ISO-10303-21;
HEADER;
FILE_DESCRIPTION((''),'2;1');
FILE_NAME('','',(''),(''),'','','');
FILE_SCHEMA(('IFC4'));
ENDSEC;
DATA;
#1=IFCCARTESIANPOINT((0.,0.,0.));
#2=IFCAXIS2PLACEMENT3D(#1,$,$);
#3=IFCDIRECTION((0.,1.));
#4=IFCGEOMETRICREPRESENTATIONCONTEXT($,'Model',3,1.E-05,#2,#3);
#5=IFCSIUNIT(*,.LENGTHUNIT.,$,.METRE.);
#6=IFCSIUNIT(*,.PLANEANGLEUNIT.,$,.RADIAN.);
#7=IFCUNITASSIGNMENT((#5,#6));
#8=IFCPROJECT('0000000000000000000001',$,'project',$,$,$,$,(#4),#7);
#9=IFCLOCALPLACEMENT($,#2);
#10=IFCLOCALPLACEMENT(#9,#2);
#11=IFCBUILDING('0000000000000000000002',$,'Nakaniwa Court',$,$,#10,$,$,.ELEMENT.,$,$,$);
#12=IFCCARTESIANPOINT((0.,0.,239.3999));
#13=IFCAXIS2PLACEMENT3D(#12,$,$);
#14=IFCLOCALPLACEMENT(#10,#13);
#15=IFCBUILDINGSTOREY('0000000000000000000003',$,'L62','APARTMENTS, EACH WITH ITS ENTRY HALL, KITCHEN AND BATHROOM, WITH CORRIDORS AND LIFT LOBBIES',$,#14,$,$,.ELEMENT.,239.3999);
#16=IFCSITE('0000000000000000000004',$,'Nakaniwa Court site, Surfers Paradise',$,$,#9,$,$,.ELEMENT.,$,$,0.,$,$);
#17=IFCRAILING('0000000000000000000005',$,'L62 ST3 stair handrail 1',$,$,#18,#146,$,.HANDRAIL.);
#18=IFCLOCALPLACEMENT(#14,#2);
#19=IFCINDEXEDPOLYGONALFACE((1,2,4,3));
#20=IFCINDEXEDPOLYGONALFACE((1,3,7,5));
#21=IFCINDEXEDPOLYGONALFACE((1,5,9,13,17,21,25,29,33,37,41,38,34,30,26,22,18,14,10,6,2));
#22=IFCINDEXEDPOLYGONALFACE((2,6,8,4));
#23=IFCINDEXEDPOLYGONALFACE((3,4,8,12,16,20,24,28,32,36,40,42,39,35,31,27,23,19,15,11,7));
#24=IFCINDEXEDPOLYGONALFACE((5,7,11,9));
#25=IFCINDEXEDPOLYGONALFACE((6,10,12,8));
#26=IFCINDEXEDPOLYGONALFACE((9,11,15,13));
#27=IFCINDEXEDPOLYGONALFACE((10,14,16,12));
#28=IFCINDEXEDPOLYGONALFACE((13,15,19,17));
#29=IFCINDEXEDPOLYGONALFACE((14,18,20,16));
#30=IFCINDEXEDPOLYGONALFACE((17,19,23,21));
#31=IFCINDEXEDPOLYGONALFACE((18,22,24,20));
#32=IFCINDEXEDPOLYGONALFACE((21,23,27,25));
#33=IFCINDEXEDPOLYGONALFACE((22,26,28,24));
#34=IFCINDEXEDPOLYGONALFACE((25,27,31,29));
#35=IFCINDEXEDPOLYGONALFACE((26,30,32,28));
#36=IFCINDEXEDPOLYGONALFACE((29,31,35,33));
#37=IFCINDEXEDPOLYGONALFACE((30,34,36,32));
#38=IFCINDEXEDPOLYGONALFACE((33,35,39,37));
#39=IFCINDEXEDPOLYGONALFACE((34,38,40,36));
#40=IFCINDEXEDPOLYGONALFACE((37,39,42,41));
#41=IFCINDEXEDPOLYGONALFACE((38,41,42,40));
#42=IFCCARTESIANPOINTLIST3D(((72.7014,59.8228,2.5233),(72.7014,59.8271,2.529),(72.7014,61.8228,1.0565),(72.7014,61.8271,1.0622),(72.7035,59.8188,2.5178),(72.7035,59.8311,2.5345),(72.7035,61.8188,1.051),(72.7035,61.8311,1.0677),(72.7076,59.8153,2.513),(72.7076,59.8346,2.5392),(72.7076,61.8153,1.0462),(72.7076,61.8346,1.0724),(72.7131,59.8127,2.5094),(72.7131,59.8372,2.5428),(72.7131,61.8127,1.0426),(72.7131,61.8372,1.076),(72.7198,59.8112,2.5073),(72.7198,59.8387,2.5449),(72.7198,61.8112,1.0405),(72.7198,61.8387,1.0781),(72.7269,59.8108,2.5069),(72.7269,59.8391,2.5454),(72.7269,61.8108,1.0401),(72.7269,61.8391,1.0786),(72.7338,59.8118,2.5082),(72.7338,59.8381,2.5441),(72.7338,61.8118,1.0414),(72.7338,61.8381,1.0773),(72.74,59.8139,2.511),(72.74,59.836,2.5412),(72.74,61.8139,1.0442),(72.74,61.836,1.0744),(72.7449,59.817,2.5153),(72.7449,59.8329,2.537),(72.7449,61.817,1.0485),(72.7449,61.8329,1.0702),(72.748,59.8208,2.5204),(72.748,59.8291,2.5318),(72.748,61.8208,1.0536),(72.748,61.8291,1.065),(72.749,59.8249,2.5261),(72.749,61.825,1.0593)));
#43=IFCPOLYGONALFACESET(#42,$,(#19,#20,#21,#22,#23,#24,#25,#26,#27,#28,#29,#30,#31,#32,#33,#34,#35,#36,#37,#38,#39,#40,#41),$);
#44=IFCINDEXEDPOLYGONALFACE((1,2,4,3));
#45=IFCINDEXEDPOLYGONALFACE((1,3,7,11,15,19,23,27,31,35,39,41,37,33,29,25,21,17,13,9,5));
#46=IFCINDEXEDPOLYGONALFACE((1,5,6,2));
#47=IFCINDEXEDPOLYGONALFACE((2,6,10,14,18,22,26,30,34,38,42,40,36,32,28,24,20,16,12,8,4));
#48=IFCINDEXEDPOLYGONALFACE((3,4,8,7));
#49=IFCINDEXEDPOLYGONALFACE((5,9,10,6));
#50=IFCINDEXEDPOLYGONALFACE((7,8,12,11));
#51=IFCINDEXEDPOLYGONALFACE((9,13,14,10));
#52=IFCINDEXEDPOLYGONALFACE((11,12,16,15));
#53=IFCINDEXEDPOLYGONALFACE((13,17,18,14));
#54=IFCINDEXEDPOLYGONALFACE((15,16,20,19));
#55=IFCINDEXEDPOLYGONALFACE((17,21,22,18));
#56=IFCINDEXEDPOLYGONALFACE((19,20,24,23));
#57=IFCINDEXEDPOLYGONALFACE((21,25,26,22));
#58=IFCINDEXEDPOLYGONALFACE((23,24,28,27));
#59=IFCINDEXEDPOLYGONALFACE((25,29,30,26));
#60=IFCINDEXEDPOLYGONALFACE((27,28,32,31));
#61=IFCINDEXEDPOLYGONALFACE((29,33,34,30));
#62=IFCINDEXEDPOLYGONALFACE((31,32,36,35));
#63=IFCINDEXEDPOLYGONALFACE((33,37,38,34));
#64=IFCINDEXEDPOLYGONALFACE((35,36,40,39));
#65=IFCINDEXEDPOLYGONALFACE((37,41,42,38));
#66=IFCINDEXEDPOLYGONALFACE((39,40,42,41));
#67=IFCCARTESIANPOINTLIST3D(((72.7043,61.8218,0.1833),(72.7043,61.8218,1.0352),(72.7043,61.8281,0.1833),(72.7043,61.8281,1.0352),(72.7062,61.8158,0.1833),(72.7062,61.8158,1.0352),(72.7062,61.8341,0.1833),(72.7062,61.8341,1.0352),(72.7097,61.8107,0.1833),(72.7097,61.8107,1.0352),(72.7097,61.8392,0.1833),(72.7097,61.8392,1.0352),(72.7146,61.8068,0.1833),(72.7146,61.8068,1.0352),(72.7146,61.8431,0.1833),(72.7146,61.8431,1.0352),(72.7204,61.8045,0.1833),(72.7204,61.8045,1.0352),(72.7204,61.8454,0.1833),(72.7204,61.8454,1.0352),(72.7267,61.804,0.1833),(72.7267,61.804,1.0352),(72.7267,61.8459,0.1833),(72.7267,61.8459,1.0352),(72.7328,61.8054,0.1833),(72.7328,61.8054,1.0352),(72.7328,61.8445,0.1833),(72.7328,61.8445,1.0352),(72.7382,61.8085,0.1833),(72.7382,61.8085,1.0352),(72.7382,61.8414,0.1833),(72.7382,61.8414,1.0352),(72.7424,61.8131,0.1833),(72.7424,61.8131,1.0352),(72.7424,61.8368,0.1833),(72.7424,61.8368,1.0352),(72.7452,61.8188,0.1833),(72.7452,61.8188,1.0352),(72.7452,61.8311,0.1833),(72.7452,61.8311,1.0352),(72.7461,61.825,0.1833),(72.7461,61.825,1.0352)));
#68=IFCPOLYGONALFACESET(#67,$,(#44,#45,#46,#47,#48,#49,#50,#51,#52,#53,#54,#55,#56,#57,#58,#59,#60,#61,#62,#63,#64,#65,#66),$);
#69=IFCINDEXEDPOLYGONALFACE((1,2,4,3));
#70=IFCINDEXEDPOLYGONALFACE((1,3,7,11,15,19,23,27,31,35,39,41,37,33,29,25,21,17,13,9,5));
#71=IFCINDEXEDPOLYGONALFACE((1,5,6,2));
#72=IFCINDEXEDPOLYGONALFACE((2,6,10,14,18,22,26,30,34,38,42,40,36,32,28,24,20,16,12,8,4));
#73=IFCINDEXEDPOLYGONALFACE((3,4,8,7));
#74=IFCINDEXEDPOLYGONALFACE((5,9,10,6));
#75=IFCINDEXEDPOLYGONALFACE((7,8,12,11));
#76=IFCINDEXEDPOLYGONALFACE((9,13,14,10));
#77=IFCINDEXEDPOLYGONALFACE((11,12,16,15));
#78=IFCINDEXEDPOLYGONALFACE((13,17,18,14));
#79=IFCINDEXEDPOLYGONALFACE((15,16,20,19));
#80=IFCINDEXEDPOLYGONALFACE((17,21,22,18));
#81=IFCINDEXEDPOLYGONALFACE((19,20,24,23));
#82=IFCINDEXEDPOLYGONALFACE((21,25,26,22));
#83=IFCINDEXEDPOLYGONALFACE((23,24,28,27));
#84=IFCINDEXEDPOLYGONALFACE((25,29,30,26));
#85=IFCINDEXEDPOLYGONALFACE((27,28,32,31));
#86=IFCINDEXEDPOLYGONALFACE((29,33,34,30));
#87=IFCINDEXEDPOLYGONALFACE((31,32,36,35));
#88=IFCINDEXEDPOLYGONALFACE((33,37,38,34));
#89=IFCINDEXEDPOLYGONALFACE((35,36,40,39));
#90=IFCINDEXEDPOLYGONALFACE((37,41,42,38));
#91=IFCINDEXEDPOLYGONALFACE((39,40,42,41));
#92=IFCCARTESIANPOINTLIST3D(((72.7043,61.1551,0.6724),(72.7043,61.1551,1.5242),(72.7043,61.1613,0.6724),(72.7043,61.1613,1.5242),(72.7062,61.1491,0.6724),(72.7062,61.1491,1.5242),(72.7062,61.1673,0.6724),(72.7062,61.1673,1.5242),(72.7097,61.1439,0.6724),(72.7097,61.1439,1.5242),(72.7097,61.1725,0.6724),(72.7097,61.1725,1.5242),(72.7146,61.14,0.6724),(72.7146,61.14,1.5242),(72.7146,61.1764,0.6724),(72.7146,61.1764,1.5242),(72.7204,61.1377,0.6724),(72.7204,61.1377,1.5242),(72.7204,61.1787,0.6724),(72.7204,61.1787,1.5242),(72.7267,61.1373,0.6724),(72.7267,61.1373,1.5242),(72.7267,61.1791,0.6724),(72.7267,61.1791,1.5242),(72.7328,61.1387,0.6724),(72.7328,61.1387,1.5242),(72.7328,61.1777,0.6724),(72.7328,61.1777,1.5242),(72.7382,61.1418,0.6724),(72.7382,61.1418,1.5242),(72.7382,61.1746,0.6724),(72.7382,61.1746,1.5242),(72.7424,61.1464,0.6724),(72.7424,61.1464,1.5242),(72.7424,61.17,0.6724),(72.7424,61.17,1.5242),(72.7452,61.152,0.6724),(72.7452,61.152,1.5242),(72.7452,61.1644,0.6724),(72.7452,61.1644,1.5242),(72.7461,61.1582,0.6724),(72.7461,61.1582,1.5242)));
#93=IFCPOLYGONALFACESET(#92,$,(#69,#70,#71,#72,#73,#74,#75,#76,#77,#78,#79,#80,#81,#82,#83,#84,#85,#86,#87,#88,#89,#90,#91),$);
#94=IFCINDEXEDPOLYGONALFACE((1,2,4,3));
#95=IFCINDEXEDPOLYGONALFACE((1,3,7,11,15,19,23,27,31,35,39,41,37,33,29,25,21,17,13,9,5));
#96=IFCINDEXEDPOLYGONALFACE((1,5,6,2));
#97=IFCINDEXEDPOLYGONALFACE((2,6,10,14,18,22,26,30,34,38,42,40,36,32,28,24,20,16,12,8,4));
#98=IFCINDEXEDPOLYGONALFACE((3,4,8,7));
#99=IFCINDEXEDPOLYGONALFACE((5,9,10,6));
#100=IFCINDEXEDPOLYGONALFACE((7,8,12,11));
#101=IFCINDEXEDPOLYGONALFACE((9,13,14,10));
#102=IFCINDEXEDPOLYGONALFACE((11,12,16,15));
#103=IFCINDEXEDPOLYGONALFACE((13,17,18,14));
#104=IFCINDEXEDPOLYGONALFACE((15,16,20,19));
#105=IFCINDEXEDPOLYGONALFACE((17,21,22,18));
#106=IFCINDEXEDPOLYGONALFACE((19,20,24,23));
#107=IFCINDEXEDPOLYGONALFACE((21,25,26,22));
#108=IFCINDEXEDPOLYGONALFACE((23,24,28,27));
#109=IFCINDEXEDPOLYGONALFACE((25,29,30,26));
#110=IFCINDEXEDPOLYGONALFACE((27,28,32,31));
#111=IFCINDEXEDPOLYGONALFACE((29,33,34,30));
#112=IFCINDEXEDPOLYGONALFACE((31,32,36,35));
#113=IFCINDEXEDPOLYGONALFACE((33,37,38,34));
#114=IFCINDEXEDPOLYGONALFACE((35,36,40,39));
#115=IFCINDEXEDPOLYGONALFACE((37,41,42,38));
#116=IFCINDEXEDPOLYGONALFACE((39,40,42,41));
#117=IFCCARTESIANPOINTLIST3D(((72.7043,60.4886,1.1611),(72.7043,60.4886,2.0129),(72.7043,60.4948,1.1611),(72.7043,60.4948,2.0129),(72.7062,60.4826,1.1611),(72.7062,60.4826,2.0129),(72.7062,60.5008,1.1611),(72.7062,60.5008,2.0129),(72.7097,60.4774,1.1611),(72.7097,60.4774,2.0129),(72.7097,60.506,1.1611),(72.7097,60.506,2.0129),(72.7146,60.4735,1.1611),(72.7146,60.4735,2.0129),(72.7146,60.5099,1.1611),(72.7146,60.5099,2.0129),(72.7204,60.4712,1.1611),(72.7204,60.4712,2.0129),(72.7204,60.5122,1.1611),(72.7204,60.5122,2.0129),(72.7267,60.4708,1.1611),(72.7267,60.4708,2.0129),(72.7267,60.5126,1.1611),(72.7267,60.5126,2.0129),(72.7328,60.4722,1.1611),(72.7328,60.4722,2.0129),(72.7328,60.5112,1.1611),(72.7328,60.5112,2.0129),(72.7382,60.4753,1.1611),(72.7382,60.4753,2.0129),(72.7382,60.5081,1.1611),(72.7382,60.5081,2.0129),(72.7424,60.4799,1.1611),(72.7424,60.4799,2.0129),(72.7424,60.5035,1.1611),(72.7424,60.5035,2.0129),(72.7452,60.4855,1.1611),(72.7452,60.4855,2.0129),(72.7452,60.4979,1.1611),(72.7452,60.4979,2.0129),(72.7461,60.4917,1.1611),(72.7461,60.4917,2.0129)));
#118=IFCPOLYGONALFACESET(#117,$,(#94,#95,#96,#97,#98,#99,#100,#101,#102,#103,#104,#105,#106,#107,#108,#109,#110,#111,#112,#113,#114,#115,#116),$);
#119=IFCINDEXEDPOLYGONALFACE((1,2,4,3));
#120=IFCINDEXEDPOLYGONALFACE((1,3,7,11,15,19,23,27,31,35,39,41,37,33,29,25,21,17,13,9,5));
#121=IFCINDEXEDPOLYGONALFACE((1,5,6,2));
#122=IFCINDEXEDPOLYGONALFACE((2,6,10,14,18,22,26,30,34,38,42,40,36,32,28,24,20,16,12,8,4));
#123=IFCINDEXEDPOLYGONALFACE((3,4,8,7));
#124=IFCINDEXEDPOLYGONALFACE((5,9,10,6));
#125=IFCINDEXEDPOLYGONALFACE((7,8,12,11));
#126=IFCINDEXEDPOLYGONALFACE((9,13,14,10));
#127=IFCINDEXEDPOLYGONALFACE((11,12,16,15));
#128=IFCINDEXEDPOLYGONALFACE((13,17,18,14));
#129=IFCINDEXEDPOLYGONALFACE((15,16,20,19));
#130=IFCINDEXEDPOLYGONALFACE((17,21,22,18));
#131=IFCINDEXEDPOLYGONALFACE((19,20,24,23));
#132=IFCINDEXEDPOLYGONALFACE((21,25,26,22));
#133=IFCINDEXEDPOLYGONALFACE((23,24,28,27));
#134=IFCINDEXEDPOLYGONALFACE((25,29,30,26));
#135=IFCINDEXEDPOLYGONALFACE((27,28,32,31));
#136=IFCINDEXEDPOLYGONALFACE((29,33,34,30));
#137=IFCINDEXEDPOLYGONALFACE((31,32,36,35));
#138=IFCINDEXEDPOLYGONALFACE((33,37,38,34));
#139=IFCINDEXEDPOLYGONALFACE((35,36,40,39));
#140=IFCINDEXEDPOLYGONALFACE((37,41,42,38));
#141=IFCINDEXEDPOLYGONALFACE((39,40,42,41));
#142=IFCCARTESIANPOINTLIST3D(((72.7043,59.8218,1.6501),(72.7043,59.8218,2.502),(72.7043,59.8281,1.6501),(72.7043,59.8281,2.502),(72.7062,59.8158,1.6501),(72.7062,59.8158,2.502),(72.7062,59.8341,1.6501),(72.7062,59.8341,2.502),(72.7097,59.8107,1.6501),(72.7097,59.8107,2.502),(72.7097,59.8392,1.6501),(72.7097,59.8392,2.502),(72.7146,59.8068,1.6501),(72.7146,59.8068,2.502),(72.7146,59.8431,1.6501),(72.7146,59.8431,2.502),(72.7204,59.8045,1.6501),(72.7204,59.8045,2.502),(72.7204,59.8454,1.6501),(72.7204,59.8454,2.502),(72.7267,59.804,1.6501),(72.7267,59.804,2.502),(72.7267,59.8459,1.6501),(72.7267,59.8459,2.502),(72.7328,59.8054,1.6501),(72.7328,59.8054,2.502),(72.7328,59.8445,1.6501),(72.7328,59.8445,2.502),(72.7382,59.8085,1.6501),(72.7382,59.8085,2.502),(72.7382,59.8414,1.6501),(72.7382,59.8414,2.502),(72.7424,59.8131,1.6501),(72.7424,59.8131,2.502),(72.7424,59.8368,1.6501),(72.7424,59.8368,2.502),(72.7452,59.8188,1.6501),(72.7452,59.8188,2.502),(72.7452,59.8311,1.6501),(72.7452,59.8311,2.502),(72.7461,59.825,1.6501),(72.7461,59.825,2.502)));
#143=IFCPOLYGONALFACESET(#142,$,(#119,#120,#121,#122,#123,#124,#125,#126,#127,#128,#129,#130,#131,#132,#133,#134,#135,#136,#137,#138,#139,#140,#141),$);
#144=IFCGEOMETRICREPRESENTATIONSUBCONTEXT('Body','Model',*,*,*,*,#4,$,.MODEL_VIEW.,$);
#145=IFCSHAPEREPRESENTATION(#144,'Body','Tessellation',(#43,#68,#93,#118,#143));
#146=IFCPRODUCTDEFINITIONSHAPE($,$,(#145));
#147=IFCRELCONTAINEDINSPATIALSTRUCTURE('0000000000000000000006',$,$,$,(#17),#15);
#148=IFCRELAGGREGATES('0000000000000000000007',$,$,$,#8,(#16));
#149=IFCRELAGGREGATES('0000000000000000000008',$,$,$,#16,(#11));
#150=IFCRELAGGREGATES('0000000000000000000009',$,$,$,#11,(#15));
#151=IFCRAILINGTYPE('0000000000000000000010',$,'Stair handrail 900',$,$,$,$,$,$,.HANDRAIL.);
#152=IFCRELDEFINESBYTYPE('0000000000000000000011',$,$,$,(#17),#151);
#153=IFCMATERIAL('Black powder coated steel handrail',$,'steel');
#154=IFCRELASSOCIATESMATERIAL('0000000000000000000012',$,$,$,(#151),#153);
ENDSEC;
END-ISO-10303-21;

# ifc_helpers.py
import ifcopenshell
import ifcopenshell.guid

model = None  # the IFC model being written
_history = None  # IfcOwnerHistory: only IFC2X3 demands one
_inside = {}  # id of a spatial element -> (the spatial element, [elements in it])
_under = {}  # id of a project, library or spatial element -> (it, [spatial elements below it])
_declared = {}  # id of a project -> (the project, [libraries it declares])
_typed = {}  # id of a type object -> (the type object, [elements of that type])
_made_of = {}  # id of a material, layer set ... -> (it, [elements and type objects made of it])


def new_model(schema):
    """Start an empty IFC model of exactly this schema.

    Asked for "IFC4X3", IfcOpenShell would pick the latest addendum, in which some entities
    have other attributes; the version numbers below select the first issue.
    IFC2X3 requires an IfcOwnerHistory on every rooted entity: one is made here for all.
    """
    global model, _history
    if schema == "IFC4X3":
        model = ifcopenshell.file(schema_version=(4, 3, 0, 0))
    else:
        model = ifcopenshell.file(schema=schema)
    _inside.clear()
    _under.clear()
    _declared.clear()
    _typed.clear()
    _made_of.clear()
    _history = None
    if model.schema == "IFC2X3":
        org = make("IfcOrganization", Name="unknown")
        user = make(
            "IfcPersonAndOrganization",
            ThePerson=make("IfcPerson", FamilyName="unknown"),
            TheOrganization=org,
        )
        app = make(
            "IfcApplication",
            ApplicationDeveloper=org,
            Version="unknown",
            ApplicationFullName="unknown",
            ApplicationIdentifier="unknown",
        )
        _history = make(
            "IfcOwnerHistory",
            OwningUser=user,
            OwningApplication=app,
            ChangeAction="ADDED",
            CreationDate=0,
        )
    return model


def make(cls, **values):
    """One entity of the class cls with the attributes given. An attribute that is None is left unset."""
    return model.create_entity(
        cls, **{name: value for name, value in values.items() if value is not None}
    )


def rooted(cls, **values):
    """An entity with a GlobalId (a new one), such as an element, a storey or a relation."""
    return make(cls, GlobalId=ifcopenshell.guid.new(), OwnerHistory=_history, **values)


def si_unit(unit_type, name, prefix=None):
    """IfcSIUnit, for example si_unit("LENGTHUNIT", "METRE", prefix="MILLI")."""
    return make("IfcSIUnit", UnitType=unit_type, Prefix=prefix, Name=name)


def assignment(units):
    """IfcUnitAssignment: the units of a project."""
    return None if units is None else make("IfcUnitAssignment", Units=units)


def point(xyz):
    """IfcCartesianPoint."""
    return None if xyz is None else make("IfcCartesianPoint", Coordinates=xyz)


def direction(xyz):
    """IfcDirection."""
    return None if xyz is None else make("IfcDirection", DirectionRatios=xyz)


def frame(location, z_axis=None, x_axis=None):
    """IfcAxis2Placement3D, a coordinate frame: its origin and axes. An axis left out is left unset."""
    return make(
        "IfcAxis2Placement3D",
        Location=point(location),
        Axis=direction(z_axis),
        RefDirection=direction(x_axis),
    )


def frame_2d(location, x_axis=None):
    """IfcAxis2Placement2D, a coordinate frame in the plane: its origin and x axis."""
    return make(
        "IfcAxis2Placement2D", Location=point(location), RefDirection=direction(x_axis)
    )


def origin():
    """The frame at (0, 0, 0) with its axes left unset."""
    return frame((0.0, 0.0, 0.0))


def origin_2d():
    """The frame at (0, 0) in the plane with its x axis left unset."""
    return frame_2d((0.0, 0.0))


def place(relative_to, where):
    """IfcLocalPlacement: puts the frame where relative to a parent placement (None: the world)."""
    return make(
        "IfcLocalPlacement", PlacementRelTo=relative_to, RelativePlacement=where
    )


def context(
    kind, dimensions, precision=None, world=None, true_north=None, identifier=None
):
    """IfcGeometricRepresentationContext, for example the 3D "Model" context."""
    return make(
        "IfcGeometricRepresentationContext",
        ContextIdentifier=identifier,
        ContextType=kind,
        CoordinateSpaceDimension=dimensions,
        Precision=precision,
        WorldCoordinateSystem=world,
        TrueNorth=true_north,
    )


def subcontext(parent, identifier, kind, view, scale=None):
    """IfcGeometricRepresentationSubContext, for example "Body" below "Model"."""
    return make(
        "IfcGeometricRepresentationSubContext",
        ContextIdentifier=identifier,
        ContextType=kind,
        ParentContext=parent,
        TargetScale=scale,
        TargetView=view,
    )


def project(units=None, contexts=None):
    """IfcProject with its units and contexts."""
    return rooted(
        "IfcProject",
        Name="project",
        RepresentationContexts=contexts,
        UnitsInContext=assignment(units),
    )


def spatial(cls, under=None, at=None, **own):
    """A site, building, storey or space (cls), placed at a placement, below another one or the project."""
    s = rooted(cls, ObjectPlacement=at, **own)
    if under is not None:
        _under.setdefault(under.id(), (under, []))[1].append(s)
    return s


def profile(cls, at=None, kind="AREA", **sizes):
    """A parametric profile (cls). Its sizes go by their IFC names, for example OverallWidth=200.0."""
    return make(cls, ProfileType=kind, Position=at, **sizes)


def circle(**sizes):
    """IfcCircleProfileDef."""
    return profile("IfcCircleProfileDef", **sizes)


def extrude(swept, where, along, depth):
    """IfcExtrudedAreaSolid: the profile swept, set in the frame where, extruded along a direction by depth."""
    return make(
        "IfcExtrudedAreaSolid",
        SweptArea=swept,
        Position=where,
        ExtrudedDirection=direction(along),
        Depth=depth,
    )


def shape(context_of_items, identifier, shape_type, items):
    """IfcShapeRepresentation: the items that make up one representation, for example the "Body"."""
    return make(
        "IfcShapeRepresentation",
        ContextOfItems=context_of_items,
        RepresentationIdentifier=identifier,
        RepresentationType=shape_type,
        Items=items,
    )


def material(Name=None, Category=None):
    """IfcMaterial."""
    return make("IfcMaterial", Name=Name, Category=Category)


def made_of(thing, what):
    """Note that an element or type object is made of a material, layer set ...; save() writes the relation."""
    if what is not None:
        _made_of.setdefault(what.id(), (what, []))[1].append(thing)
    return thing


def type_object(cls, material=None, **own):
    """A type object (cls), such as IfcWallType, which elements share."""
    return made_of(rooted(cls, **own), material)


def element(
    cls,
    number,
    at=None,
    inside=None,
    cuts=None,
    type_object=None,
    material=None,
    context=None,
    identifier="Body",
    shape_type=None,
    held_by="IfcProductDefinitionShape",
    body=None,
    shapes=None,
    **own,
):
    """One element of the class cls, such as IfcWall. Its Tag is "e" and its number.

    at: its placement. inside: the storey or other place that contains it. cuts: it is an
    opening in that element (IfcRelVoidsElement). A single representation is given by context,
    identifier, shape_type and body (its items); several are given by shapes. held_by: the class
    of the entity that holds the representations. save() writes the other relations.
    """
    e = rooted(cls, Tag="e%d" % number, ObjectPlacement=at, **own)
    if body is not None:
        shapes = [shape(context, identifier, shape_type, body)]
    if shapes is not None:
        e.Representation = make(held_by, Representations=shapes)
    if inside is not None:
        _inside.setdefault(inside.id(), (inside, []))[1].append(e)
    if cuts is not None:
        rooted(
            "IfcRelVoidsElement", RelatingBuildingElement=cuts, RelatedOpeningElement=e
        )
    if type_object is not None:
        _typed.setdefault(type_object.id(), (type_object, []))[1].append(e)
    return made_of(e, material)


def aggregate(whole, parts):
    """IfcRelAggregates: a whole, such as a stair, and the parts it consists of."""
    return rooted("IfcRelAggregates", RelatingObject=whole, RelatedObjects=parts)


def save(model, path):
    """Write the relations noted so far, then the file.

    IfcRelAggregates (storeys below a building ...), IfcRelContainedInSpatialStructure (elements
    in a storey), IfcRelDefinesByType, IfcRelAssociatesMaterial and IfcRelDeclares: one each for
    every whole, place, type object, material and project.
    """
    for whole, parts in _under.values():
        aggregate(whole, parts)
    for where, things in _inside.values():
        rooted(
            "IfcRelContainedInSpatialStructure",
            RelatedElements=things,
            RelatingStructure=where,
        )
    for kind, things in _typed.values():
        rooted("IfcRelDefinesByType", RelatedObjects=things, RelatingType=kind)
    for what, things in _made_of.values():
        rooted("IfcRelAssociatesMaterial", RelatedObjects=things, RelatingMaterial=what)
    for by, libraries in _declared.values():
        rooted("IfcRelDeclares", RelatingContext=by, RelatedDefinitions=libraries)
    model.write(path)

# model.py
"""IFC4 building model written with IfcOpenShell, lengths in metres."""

from ifc_helpers import new_model, si_unit, direction, frame, origin, origin_2d, place, context, subcontext, project, spatial, circle, extrude, material, type_object, element, save


model = new_model("IFC4")

# Units and contexts
model_context = context("Model", 3, precision=1e-05, world=origin(), true_north=direction((0.0, 1.0)))
body_context = subcontext(model_context, "Body", "Model", "MODEL_VIEW")
ifc_project = project(units=[si_unit("LENGTHUNIT", "METRE"), si_unit("PLANEANGLEUNIT", "RADIAN")], contexts=[model_context])

# Site, building, storey
site_placement = place(None, origin())
site = spatial("IfcSite", under=ifc_project, at=site_placement, Name="Nakaniwa Court site, Surfers Paradise", CompositionType="ELEMENT", RefElevation=0.0)
building_placement = place(site_placement, origin())
building = spatial("IfcBuilding", under=site, at=building_placement, Name="Nakaniwa Court", CompositionType="ELEMENT")
storey_placement = place(building_placement, frame((0.0, 0.0, 239.3999)))
storey = spatial("IfcBuildingStorey", under=building, at=storey_placement, Name="L62", Description="APARTMENTS, EACH WITH ITS ENTRY HALL, KITCHEN AND BATHROOM, WITH CORRIDORS AND LIFT LOBBIES", CompositionType="ELEMENT", Elevation=239.3999)

# Railing
ifc_material_1 = material(Name="Black powder coated steel handrail", Category="steel")
railing_type_1 = type_object("IfcRailingType", Name="Stair handrail 900", PredefinedType="HANDRAIL", material=ifc_material_1)
railing_1_placement = place(storey_placement, frame((72.7251, 61.825, 0.1833)))
element("IfcRailing", 1, at=railing_1_placement, inside=storey, type_object=railing_type_1, Name="L62 ST3 stair handrail 1", PredefinedType="HANDRAIL", context=body_context, shape_type="SweptSolid", body=[
    extrude(circle(Radius=0.0239, at=origin_2d()), frame((0.0, 0.0, 0.876), z_axis=(0.0, -0.80638, 0.591398), x_axis=(1.0, 0.0, 0.0)), (0.0, 0.0, 1.0), 2.4802),
    extrude(circle(Radius=0.021, at=origin_2d()), origin(), (0.0, 0.0, 1.0), 0.8518),
    extrude(circle(Radius=0.021, at=origin_2d()), frame((0.0, -0.6667, 0.489)), (0.0, 0.0, 1.0), 0.8518),
    extrude(circle(Radius=0.021, at=origin_2d()), frame((0.0, -1.3333, 0.9778)), (0.0, 0.0, 1.0), 0.8518),
    extrude(circle(Radius=0.021, at=origin_2d()), frame((0.0, -2.0, 1.4668)), (0.0, 0.0, 1.0), 0.8518),
])

save(model, "model.ifc")
